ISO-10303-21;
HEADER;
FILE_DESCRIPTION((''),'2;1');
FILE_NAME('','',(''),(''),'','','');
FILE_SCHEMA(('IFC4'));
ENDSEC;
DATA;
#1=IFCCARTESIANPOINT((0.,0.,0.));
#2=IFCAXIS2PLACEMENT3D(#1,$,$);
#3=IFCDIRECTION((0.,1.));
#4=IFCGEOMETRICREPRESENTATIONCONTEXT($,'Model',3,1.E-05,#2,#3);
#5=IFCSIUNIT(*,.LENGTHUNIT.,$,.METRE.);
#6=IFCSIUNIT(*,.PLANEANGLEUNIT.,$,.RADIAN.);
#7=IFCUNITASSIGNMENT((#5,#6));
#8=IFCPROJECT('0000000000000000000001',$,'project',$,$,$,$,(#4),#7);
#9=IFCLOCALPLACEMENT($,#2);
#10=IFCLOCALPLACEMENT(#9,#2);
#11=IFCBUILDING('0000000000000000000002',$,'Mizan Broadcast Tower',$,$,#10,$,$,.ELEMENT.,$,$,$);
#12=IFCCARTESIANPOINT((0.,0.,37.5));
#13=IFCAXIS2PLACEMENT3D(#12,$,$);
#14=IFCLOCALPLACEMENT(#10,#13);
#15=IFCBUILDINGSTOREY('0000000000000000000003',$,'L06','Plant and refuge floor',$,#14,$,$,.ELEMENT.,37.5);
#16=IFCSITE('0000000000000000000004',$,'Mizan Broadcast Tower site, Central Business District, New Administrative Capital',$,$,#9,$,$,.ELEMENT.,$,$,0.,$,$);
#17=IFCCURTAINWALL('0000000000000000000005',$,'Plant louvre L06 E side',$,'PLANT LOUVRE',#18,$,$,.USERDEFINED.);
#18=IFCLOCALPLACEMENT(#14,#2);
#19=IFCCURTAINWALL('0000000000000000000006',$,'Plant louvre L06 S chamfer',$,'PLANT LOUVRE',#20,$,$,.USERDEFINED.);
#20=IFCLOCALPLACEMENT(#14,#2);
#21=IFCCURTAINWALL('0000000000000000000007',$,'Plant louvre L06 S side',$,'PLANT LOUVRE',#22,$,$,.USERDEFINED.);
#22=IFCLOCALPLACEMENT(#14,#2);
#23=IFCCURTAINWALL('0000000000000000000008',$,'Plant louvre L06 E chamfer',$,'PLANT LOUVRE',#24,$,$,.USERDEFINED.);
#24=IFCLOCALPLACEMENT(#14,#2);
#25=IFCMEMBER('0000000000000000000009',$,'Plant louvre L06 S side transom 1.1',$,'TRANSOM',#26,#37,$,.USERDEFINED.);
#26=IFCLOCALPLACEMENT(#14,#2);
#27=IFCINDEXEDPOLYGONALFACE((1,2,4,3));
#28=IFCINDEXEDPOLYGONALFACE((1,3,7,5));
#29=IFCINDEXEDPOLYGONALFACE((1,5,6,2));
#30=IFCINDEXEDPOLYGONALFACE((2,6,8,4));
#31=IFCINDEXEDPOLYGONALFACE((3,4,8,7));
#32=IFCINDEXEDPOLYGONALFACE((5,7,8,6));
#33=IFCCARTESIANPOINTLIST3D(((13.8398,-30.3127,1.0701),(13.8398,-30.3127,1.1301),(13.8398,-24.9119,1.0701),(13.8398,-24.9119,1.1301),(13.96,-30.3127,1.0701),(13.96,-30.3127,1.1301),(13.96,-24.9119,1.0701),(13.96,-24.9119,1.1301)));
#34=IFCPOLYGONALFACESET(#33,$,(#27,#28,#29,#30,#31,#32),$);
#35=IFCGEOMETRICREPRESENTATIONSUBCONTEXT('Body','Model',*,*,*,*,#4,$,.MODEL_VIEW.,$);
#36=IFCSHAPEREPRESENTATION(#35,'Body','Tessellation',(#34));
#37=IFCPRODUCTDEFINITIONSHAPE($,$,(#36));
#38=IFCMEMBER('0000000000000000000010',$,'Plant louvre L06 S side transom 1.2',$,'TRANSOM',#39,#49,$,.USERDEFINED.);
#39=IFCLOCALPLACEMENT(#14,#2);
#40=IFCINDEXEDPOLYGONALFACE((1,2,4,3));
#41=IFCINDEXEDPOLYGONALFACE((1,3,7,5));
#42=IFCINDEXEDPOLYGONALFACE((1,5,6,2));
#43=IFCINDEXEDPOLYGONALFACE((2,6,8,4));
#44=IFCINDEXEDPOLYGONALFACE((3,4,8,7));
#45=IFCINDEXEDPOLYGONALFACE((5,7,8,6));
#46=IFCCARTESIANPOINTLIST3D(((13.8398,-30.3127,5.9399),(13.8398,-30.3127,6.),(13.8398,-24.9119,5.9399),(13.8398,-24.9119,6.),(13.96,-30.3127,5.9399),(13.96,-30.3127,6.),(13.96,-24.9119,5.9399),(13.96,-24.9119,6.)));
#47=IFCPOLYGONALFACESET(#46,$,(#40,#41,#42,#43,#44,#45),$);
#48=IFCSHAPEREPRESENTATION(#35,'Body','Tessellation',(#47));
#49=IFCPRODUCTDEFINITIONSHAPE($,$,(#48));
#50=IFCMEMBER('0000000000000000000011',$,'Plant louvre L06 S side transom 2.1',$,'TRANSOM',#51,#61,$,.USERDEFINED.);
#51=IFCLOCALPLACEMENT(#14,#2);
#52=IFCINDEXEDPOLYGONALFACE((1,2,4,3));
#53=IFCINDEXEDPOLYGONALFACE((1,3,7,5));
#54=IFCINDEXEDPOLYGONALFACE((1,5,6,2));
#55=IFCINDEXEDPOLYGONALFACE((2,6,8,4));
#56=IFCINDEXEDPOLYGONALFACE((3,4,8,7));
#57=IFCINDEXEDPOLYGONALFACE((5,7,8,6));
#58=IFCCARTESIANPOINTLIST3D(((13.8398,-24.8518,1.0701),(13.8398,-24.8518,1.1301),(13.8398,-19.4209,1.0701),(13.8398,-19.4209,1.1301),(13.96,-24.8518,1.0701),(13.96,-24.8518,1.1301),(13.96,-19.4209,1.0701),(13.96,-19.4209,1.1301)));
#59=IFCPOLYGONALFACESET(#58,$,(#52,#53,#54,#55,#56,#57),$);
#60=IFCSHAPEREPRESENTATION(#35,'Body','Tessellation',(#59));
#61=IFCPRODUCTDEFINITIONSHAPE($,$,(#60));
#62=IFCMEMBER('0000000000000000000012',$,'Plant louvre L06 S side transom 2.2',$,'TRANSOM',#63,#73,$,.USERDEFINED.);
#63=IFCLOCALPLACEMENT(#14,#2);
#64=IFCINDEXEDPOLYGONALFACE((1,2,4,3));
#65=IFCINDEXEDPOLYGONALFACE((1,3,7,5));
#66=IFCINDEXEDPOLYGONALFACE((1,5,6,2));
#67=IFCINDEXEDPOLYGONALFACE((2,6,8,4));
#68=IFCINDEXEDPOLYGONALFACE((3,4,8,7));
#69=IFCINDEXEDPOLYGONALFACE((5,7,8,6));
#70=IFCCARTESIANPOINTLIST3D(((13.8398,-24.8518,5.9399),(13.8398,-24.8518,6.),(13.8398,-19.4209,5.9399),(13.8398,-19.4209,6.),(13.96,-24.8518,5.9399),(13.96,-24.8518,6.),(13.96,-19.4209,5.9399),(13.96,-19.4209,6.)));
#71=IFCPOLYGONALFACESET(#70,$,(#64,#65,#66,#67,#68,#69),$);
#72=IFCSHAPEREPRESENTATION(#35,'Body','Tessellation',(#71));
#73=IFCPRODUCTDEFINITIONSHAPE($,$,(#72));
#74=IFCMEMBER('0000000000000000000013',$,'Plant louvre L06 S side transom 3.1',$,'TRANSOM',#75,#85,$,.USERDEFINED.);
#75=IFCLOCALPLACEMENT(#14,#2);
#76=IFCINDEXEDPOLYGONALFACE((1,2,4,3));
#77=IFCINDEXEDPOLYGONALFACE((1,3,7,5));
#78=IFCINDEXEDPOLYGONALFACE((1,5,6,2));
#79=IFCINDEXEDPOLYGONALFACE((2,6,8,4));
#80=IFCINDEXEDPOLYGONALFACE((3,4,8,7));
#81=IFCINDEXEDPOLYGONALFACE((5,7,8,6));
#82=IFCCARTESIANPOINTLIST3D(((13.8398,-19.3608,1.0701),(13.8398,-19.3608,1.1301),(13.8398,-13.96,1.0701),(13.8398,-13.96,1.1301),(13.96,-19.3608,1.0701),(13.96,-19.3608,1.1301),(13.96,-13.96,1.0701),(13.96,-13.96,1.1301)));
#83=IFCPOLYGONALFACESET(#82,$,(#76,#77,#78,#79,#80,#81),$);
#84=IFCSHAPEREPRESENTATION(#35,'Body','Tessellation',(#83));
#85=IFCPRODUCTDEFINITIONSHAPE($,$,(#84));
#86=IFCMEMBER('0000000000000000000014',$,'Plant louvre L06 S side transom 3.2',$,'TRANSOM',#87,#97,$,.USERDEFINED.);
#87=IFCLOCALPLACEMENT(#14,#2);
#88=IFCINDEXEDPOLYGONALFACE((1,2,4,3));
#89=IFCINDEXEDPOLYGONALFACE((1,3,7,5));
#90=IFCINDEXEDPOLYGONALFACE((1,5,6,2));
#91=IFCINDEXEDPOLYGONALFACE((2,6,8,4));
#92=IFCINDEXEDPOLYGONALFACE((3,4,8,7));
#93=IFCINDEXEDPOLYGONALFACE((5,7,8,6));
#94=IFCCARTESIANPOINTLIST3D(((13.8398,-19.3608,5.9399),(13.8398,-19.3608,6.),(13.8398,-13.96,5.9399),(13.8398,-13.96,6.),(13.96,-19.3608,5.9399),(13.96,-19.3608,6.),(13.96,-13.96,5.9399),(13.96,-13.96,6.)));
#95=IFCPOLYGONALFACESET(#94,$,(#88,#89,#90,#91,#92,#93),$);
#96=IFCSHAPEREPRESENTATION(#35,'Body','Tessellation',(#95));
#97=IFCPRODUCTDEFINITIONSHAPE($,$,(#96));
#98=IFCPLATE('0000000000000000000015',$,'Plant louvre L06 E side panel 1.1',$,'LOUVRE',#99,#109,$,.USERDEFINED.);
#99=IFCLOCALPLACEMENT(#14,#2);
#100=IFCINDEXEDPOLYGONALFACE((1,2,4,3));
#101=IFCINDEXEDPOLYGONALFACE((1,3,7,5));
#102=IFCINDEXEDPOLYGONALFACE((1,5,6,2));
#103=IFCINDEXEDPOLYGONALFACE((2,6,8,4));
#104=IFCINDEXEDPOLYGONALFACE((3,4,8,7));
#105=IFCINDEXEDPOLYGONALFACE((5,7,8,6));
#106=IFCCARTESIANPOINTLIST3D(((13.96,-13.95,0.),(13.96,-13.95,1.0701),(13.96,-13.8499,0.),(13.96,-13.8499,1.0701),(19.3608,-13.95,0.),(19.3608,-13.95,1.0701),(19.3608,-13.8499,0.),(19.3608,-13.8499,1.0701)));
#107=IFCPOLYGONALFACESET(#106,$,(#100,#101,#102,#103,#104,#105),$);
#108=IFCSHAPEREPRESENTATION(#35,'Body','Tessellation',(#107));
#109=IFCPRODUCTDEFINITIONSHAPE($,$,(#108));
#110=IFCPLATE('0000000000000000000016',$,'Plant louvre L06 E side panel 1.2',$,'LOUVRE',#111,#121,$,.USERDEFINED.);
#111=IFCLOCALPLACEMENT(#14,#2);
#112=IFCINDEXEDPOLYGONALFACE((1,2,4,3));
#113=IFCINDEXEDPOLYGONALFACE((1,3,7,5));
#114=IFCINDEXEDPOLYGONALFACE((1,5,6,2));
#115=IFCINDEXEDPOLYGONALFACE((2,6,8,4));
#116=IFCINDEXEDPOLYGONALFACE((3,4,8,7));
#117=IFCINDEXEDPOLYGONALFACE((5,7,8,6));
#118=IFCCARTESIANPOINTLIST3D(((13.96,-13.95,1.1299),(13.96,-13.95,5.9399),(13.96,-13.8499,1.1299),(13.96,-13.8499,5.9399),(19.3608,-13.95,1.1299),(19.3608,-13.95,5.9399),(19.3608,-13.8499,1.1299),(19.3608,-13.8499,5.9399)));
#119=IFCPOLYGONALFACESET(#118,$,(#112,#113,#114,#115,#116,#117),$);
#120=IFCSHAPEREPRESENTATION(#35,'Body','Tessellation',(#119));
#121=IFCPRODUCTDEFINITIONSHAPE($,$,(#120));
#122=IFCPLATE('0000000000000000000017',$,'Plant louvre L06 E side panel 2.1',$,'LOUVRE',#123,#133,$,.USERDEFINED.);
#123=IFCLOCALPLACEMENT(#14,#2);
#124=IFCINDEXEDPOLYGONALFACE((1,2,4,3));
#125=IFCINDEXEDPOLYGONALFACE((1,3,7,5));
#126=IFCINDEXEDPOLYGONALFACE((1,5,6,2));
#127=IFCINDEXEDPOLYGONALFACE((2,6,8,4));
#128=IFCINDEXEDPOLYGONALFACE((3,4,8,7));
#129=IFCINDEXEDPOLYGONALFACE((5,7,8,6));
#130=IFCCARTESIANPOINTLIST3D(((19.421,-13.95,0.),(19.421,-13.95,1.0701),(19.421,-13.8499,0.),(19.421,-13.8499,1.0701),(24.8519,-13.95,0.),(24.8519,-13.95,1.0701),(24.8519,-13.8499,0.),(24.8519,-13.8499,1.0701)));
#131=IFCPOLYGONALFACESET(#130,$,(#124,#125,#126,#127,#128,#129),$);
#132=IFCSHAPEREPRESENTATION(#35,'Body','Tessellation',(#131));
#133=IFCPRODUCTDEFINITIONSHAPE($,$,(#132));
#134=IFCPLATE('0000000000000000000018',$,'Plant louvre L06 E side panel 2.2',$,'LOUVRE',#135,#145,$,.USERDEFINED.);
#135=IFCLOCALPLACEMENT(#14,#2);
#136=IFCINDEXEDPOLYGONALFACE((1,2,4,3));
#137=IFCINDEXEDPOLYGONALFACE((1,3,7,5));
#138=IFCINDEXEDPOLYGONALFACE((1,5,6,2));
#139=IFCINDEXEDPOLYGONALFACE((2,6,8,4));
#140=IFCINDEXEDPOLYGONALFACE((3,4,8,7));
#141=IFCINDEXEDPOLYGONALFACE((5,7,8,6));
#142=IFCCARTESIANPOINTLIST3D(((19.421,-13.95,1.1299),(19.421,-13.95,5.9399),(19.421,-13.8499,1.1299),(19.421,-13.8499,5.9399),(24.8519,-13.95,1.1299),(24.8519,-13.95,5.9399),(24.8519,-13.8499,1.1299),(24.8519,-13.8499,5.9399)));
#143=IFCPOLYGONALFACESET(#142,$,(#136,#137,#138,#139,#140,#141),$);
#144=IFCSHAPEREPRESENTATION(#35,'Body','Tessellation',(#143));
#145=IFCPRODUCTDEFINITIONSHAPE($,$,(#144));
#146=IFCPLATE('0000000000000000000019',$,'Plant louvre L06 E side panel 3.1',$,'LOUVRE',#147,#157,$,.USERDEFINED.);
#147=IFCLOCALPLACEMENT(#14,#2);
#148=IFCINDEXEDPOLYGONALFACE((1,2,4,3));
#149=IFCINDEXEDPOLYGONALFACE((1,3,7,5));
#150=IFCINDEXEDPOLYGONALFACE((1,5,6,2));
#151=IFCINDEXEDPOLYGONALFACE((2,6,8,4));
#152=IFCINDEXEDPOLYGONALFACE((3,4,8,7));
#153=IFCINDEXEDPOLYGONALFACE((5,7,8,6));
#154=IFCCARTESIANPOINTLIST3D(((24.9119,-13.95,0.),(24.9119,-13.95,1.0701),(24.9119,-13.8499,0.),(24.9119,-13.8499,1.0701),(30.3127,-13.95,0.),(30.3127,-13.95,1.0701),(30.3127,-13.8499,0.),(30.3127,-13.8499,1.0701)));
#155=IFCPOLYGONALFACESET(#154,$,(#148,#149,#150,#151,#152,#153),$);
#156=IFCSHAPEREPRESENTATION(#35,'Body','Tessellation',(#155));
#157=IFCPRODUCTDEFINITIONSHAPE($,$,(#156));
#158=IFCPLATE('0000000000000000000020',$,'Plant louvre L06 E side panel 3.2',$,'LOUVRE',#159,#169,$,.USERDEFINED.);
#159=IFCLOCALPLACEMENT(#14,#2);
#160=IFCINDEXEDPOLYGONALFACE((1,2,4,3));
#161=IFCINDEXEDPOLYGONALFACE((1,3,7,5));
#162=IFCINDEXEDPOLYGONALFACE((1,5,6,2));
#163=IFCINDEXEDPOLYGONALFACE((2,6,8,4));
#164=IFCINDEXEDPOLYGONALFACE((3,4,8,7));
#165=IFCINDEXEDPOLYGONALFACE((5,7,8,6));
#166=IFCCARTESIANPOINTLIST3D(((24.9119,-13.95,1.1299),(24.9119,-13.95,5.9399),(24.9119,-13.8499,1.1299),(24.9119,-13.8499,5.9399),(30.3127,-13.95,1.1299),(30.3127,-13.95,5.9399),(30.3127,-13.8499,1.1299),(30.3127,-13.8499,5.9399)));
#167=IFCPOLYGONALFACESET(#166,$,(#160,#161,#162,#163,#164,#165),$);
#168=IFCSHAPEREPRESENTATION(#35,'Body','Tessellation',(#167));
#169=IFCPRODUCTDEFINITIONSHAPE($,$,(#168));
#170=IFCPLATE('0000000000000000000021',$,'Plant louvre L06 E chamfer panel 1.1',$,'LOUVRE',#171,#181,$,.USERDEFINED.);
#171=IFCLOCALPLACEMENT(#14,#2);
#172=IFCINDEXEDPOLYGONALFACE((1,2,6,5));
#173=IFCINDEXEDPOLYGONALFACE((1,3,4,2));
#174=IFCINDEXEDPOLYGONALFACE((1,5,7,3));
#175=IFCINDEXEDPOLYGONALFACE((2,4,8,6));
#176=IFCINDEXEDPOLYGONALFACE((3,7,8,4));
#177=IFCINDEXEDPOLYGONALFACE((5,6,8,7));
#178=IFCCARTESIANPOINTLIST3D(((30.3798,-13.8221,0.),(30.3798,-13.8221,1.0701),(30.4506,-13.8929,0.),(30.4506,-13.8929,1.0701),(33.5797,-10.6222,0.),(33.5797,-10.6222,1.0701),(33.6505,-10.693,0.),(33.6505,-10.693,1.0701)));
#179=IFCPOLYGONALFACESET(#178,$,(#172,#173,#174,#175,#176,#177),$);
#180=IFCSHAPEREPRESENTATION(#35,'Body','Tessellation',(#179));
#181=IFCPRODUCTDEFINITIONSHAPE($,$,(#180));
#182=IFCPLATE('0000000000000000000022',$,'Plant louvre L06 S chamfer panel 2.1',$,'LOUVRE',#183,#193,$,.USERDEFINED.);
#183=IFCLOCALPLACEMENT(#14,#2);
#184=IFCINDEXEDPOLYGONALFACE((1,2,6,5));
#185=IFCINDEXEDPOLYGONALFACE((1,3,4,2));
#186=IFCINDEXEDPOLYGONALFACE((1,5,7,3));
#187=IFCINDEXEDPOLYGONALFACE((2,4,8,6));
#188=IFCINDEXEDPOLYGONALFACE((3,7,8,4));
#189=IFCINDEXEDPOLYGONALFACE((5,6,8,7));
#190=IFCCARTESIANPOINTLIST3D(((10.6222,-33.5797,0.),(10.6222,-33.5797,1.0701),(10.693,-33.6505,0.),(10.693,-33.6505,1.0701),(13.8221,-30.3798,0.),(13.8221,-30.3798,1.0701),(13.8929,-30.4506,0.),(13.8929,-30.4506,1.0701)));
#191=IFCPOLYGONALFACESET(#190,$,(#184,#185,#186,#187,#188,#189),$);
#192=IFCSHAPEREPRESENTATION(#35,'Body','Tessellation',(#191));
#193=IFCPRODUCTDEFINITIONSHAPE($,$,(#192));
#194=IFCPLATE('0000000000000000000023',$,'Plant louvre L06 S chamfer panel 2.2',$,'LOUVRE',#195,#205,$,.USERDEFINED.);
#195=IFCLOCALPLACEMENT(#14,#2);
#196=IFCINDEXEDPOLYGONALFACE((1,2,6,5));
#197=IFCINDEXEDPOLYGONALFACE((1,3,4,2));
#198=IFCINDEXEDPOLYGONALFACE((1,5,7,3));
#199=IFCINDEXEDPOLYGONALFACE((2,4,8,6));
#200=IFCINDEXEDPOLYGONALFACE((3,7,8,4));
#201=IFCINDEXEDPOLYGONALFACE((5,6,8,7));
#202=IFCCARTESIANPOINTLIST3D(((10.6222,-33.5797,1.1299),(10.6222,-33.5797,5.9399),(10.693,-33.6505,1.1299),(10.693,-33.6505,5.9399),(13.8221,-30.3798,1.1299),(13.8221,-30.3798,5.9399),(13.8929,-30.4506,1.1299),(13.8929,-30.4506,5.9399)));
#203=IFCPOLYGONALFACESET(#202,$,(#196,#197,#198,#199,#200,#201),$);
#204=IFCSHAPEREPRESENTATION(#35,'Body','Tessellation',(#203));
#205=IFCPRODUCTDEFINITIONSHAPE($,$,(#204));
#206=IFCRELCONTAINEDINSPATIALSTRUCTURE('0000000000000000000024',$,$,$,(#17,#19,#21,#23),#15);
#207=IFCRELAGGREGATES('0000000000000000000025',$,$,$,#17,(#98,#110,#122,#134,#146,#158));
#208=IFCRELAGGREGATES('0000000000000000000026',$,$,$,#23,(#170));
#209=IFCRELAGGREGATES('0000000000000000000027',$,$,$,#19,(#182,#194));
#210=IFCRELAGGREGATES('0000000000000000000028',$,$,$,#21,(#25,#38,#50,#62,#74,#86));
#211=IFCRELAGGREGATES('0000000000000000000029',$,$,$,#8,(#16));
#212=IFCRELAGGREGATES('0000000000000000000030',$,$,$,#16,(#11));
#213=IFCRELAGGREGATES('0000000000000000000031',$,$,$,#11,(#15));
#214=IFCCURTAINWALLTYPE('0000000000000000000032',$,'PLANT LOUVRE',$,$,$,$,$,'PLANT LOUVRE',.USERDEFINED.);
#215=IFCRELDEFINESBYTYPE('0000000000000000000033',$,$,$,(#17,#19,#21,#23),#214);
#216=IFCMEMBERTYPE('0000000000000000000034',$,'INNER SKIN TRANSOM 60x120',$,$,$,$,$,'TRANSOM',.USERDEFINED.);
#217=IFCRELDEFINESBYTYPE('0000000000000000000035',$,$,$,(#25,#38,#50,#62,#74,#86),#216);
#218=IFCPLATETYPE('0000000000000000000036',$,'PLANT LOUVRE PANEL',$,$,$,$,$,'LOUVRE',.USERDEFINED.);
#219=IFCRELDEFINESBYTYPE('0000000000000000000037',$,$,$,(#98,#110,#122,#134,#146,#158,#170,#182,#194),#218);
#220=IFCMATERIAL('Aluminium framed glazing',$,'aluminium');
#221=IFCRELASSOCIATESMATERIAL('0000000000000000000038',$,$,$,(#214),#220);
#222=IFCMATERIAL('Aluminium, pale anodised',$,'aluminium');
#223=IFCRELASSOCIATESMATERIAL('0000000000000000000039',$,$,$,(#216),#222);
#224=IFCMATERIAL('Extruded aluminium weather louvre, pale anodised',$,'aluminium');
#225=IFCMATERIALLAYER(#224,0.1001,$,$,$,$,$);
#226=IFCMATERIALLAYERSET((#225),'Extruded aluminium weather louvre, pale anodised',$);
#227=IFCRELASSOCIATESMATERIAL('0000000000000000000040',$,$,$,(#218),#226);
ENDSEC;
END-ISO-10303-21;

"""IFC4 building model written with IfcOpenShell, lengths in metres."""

from ifc_helpers import new_model, si_unit, direction, frame, origin, origin_2d, place, context, subcontext, project, spatial, rectangle, extrude, material, layer, layer_set, material_profile, profile_set, type_object, element, aggregate, save


model = new_model("IFC4")

# Units and contexts
model_context = context("Model", 3, precision=1e-05, world=origin(), true_north=direction((0.0, 1.0)))
body_context = subcontext(model_context, "Body", "Model", "MODEL_VIEW")
ifc_project = project(units=[si_unit("LENGTHUNIT", "METRE"), si_unit("PLANEANGLEUNIT", "RADIAN")], contexts=[model_context])

# Site, building, storey
site_placement = place(None, origin())
site = spatial("IfcSite", under=ifc_project, at=site_placement, Name="Mizan Broadcast Tower site, Central Business District, New Administrative Capital", CompositionType="ELEMENT", RefElevation=0.0)
building_placement = place(site_placement, origin())
building = spatial("IfcBuilding", under=site, at=building_placement, Name="Mizan Broadcast Tower", CompositionType="ELEMENT")
storey_placement = place(building_placement, frame((0.0, 0.0, 37.5)))
storey = spatial("IfcBuildingStorey", under=building, at=storey_placement, Name="L06", Description="Plant and refuge floor", CompositionType="ELEMENT", Elevation=37.5)

# Curtain wall
ifc_material_1 = material(Name="Aluminium framed glazing", Category="aluminium")
curtain_wall_type = type_object("IfcCurtainWallType", Name="PLANT LOUVRE", ElementType="PLANT LOUVRE", PredefinedType="USERDEFINED", material=ifc_material_1)
curtain_wall_1_placement = place(storey_placement, origin())
curtain_wall_1 = element("IfcCurtainWall", 1, at=curtain_wall_1_placement, inside=storey, type_object=curtain_wall_type, Name="Plant louvre L06 E side", ObjectType="PLANT LOUVRE", PredefinedType="USERDEFINED")

# Curtain wall
curtain_wall_2_placement = place(storey_placement, origin())
curtain_wall_2 = element("IfcCurtainWall", 2, at=curtain_wall_2_placement, inside=storey, type_object=curtain_wall_type, Name="Plant louvre L06 S chamfer", ObjectType="PLANT LOUVRE", PredefinedType="USERDEFINED")

# Curtain wall
curtain_wall_3_placement = place(storey_placement, origin())
curtain_wall_3 = element("IfcCurtainWall", 3, at=curtain_wall_3_placement, inside=storey, type_object=curtain_wall_type, Name="Plant louvre L06 S side", ObjectType="PLANT LOUVRE", PredefinedType="USERDEFINED")

# Shared definitions
ifc_material_2 = material(Name="Aluminium, pale anodised", Category="aluminium")
ifc_material_profile_1 = material_profile(ifc_material_2, rectangle(XDim=0.1201, YDim=0.0601, at=origin_2d()), Name="TRANSOM 120x60")
ifc_profile_set_1 = profile_set([ifc_material_profile_1], Name="Aluminium, pale anodised")
member_type_1 = type_object("IfcMemberType", Name="INNER SKIN TRANSOM 60x120", ElementType="TRANSOM", PredefinedType="USERDEFINED", material=ifc_profile_set_1)

# Curtain wall
curtain_wall_4_placement = place(storey_placement, origin())
curtain_wall_4 = element("IfcCurtainWall", 4, at=curtain_wall_4_placement, inside=storey, type_object=curtain_wall_type, Name="Plant louvre L06 E chamfer", ObjectType="PLANT LOUVRE", PredefinedType="USERDEFINED")

# Members
member_1_placement = place(storey_placement, frame((13.8999, -30.3127, 1.1001), z_axis=(0.0, 1.0, 0.0), x_axis=(-1.0, 0.0, 0.0)))
member_1 = element("IfcMember", 5, at=member_1_placement, type_object=member_type_1, Name="Plant louvre L06 S side transom 1.1", ObjectType="TRANSOM", PredefinedType="USERDEFINED", context=body_context, shape_type="SweptSolid", body=[
    extrude(rectangle(XDim=0.1201, YDim=0.0601, at=origin_2d()), origin(), (0.0, 0.0, 1.0), 5.4009),
])
member_2_placement = place(storey_placement, frame((13.8999, -30.3127, 5.97), z_axis=(0.0, 1.0, 0.0), x_axis=(-1.0, 0.0, 0.0)))
member_2 = element("IfcMember", 6, at=member_2_placement, type_object=member_type_1, Name="Plant louvre L06 S side transom 1.2", ObjectType="TRANSOM", PredefinedType="USERDEFINED", context=body_context, shape_type="SweptSolid", body=[
    extrude(rectangle(XDim=0.1201, YDim=0.0601, at=origin_2d()), origin(), (0.0, 0.0, 1.0), 5.4009),
])
member_3_placement = place(storey_placement, frame((13.8999, -24.8518, 1.1001), z_axis=(0.0, 1.0, 0.0), x_axis=(-1.0, 0.0, 0.0)))
member_3 = element("IfcMember", 7, at=member_3_placement, type_object=member_type_1, Name="Plant louvre L06 S side transom 2.1", ObjectType="TRANSOM", PredefinedType="USERDEFINED", context=body_context, shape_type="SweptSolid", body=[
    extrude(rectangle(XDim=0.1201, YDim=0.0601, at=origin_2d()), origin(), (0.0, 0.0, 1.0), 5.4309),
])
member_4_placement = place(storey_placement, frame((13.8999, -24.8518, 5.97), z_axis=(0.0, 1.0, 0.0), x_axis=(-1.0, 0.0, 0.0)))
member_4 = element("IfcMember", 8, at=member_4_placement, type_object=member_type_1, Name="Plant louvre L06 S side transom 2.2", ObjectType="TRANSOM", PredefinedType="USERDEFINED", context=body_context, shape_type="SweptSolid", body=[
    extrude(rectangle(XDim=0.1201, YDim=0.0601, at=origin_2d()), origin(), (0.0, 0.0, 1.0), 5.4309),
])
member_5_placement = place(storey_placement, frame((13.8999, -19.3608, 1.1001), z_axis=(0.0, 1.0, 0.0), x_axis=(-1.0, 0.0, 0.0)))
member_5 = element("IfcMember", 9, at=member_5_placement, type_object=member_type_1, Name="Plant louvre L06 S side transom 3.1", ObjectType="TRANSOM", PredefinedType="USERDEFINED", context=body_context, shape_type="SweptSolid", body=[
    extrude(rectangle(XDim=0.1201, YDim=0.0601, at=origin_2d()), origin(), (0.0, 0.0, 1.0), 5.4009),
])
member_6_placement = place(storey_placement, frame((13.8999, -19.3608, 5.97), z_axis=(0.0, 1.0, 0.0), x_axis=(-1.0, 0.0, 0.0)))
member_6 = element("IfcMember", 10, at=member_6_placement, type_object=member_type_1, Name="Plant louvre L06 S side transom 3.2", ObjectType="TRANSOM", PredefinedType="USERDEFINED", context=body_context, shape_type="SweptSolid", body=[
    extrude(rectangle(XDim=0.1201, YDim=0.0601, at=origin_2d()), origin(), (0.0, 0.0, 1.0), 5.4009),
])

# Plates
ifc_material_3 = material(Name="Extruded aluminium weather louvre, pale anodised", Category="aluminium")
ifc_layer = layer(ifc_material_3, 0.1001)
ifc_layer_set = layer_set([ifc_layer], Name="Extruded aluminium weather louvre, pale anodised")
plate_type = type_object("IfcPlateType", Name="PLANT LOUVRE PANEL", ElementType="LOUVRE", PredefinedType="USERDEFINED", material=ifc_layer_set)
plate_1_placement = place(storey_placement, frame((16.6604, -13.8999, 0.0), z_axis=(0.0, 0.0, 1.0), x_axis=(1.0, 0.0, 0.0)))
plate_1 = element("IfcPlate", 11, at=plate_1_placement, type_object=plate_type, Name="Plant louvre L06 E side panel 1.1", ObjectType="LOUVRE", PredefinedType="USERDEFINED", context=body_context, shape_type="SweptSolid", body=[
    extrude(rectangle(XDim=5.4009, YDim=0.1001, at=origin_2d()), origin(), (0.0, 0.0, 1.0), 1.0701),
])
plate_2_placement = place(storey_placement, frame((16.6604, -13.8999, 1.1299), z_axis=(0.0, 0.0, 1.0), x_axis=(1.0, 0.0, 0.0)))
plate_2 = element("IfcPlate", 12, at=plate_2_placement, type_object=plate_type, Name="Plant louvre L06 E side panel 1.2", ObjectType="LOUVRE", PredefinedType="USERDEFINED", context=body_context, shape_type="SweptSolid", body=[
    extrude(rectangle(XDim=5.4009, YDim=0.1001, at=origin_2d()), origin(), (0.0, 0.0, 1.0), 4.8101),
])
plate_3_placement = place(storey_placement, frame((22.1365, -13.8999, 0.0), z_axis=(0.0, 0.0, 1.0), x_axis=(1.0, 0.0, 0.0)))
plate_3 = element("IfcPlate", 13, at=plate_3_placement, type_object=plate_type, Name="Plant louvre L06 E side panel 2.1", ObjectType="LOUVRE", PredefinedType="USERDEFINED", context=body_context, shape_type="SweptSolid", body=[
    extrude(rectangle(XDim=5.4309, YDim=0.1001, at=origin_2d()), origin(), (0.0, 0.0, 1.0), 1.0701),
])
plate_4_placement = place(storey_placement, frame((22.1365, -13.8999, 1.1299), z_axis=(0.0, 0.0, 1.0), x_axis=(1.0, 0.0, 0.0)))
plate_4 = element("IfcPlate", 14, at=plate_4_placement, type_object=plate_type, Name="Plant louvre L06 E side panel 2.2", ObjectType="LOUVRE", PredefinedType="USERDEFINED", context=body_context, shape_type="SweptSolid", body=[
    extrude(rectangle(XDim=5.4309, YDim=0.1001, at=origin_2d()), origin(), (0.0, 0.0, 1.0), 4.8101),
])
plate_5_placement = place(storey_placement, frame((27.6123, -13.8999, 0.0), z_axis=(0.0, 0.0, 1.0), x_axis=(1.0, 0.0, 0.0)))
plate_5 = element("IfcPlate", 15, at=plate_5_placement, type_object=plate_type, Name="Plant louvre L06 E side panel 3.1", ObjectType="LOUVRE", PredefinedType="USERDEFINED", context=body_context, shape_type="SweptSolid", body=[
    extrude(rectangle(XDim=5.4009, YDim=0.1001, at=origin_2d()), origin(), (0.0, 0.0, 1.0), 1.0701),
])
plate_6_placement = place(storey_placement, frame((27.6123, -13.8999, 1.1299), z_axis=(0.0, 0.0, 1.0), x_axis=(1.0, 0.0, 0.0)))
plate_6 = element("IfcPlate", 16, at=plate_6_placement, type_object=plate_type, Name="Plant louvre L06 E side panel 3.2", ObjectType="LOUVRE", PredefinedType="USERDEFINED", context=body_context, shape_type="SweptSolid", body=[
    extrude(rectangle(XDim=5.4009, YDim=0.1001, at=origin_2d()), origin(), (0.0, 0.0, 1.0), 4.8101),
])
aggregate(curtain_wall_1, [plate_1, plate_2, plate_3, plate_4, plate_5, plate_6])
plate_7_placement = place(storey_placement, frame((32.0151, -12.2576, 0.0), z_axis=(0.0, 0.0, 1.0), x_axis=(0.707107, 0.707107, 0.0)))
plate_7 = element("IfcPlate", 17, at=plate_7_placement, type_object=plate_type, Name="Plant louvre L06 E chamfer panel 1.1", ObjectType="LOUVRE", PredefinedType="USERDEFINED", context=body_context, shape_type="SweptSolid", body=[
    extrude(rectangle(XDim=4.5254, YDim=0.1001, at=origin_2d()), origin(), (0.0, 0.0, 1.0), 1.0701),
])
aggregate(curtain_wall_4, [plate_7])
plate_8_placement = place(storey_placement, frame((12.2576, -32.0151, 0.0), z_axis=(0.0, 0.0, 1.0), x_axis=(0.707107, 0.707107, 0.0)))
plate_8 = element("IfcPlate", 18, at=plate_8_placement, type_object=plate_type, Name="Plant louvre L06 S chamfer panel 2.1", ObjectType="LOUVRE", PredefinedType="USERDEFINED", context=body_context, shape_type="SweptSolid", body=[
    extrude(rectangle(XDim=4.5254, YDim=0.1001, at=origin_2d()), origin(), (0.0, 0.0, 1.0), 1.0701),
])
plate_9_placement = place(storey_placement, frame((12.2576, -32.0151, 1.1299), z_axis=(0.0, 0.0, 1.0), x_axis=(0.707107, 0.707107, 0.0)))
plate_9 = element("IfcPlate", 19, at=plate_9_placement, type_object=plate_type, Name="Plant louvre L06 S chamfer panel 2.2", ObjectType="LOUVRE", PredefinedType="USERDEFINED", context=body_context, shape_type="SweptSolid", body=[
    extrude(rectangle(XDim=4.5254, YDim=0.1001, at=origin_2d()), origin(), (0.0, 0.0, 1.0), 4.8101),
])
aggregate(curtain_wall_2, [plate_8, plate_9])
aggregate(curtain_wall_3, [member_1, member_2, member_3, member_4, member_5, member_6])

save(model, "model.ifc")
